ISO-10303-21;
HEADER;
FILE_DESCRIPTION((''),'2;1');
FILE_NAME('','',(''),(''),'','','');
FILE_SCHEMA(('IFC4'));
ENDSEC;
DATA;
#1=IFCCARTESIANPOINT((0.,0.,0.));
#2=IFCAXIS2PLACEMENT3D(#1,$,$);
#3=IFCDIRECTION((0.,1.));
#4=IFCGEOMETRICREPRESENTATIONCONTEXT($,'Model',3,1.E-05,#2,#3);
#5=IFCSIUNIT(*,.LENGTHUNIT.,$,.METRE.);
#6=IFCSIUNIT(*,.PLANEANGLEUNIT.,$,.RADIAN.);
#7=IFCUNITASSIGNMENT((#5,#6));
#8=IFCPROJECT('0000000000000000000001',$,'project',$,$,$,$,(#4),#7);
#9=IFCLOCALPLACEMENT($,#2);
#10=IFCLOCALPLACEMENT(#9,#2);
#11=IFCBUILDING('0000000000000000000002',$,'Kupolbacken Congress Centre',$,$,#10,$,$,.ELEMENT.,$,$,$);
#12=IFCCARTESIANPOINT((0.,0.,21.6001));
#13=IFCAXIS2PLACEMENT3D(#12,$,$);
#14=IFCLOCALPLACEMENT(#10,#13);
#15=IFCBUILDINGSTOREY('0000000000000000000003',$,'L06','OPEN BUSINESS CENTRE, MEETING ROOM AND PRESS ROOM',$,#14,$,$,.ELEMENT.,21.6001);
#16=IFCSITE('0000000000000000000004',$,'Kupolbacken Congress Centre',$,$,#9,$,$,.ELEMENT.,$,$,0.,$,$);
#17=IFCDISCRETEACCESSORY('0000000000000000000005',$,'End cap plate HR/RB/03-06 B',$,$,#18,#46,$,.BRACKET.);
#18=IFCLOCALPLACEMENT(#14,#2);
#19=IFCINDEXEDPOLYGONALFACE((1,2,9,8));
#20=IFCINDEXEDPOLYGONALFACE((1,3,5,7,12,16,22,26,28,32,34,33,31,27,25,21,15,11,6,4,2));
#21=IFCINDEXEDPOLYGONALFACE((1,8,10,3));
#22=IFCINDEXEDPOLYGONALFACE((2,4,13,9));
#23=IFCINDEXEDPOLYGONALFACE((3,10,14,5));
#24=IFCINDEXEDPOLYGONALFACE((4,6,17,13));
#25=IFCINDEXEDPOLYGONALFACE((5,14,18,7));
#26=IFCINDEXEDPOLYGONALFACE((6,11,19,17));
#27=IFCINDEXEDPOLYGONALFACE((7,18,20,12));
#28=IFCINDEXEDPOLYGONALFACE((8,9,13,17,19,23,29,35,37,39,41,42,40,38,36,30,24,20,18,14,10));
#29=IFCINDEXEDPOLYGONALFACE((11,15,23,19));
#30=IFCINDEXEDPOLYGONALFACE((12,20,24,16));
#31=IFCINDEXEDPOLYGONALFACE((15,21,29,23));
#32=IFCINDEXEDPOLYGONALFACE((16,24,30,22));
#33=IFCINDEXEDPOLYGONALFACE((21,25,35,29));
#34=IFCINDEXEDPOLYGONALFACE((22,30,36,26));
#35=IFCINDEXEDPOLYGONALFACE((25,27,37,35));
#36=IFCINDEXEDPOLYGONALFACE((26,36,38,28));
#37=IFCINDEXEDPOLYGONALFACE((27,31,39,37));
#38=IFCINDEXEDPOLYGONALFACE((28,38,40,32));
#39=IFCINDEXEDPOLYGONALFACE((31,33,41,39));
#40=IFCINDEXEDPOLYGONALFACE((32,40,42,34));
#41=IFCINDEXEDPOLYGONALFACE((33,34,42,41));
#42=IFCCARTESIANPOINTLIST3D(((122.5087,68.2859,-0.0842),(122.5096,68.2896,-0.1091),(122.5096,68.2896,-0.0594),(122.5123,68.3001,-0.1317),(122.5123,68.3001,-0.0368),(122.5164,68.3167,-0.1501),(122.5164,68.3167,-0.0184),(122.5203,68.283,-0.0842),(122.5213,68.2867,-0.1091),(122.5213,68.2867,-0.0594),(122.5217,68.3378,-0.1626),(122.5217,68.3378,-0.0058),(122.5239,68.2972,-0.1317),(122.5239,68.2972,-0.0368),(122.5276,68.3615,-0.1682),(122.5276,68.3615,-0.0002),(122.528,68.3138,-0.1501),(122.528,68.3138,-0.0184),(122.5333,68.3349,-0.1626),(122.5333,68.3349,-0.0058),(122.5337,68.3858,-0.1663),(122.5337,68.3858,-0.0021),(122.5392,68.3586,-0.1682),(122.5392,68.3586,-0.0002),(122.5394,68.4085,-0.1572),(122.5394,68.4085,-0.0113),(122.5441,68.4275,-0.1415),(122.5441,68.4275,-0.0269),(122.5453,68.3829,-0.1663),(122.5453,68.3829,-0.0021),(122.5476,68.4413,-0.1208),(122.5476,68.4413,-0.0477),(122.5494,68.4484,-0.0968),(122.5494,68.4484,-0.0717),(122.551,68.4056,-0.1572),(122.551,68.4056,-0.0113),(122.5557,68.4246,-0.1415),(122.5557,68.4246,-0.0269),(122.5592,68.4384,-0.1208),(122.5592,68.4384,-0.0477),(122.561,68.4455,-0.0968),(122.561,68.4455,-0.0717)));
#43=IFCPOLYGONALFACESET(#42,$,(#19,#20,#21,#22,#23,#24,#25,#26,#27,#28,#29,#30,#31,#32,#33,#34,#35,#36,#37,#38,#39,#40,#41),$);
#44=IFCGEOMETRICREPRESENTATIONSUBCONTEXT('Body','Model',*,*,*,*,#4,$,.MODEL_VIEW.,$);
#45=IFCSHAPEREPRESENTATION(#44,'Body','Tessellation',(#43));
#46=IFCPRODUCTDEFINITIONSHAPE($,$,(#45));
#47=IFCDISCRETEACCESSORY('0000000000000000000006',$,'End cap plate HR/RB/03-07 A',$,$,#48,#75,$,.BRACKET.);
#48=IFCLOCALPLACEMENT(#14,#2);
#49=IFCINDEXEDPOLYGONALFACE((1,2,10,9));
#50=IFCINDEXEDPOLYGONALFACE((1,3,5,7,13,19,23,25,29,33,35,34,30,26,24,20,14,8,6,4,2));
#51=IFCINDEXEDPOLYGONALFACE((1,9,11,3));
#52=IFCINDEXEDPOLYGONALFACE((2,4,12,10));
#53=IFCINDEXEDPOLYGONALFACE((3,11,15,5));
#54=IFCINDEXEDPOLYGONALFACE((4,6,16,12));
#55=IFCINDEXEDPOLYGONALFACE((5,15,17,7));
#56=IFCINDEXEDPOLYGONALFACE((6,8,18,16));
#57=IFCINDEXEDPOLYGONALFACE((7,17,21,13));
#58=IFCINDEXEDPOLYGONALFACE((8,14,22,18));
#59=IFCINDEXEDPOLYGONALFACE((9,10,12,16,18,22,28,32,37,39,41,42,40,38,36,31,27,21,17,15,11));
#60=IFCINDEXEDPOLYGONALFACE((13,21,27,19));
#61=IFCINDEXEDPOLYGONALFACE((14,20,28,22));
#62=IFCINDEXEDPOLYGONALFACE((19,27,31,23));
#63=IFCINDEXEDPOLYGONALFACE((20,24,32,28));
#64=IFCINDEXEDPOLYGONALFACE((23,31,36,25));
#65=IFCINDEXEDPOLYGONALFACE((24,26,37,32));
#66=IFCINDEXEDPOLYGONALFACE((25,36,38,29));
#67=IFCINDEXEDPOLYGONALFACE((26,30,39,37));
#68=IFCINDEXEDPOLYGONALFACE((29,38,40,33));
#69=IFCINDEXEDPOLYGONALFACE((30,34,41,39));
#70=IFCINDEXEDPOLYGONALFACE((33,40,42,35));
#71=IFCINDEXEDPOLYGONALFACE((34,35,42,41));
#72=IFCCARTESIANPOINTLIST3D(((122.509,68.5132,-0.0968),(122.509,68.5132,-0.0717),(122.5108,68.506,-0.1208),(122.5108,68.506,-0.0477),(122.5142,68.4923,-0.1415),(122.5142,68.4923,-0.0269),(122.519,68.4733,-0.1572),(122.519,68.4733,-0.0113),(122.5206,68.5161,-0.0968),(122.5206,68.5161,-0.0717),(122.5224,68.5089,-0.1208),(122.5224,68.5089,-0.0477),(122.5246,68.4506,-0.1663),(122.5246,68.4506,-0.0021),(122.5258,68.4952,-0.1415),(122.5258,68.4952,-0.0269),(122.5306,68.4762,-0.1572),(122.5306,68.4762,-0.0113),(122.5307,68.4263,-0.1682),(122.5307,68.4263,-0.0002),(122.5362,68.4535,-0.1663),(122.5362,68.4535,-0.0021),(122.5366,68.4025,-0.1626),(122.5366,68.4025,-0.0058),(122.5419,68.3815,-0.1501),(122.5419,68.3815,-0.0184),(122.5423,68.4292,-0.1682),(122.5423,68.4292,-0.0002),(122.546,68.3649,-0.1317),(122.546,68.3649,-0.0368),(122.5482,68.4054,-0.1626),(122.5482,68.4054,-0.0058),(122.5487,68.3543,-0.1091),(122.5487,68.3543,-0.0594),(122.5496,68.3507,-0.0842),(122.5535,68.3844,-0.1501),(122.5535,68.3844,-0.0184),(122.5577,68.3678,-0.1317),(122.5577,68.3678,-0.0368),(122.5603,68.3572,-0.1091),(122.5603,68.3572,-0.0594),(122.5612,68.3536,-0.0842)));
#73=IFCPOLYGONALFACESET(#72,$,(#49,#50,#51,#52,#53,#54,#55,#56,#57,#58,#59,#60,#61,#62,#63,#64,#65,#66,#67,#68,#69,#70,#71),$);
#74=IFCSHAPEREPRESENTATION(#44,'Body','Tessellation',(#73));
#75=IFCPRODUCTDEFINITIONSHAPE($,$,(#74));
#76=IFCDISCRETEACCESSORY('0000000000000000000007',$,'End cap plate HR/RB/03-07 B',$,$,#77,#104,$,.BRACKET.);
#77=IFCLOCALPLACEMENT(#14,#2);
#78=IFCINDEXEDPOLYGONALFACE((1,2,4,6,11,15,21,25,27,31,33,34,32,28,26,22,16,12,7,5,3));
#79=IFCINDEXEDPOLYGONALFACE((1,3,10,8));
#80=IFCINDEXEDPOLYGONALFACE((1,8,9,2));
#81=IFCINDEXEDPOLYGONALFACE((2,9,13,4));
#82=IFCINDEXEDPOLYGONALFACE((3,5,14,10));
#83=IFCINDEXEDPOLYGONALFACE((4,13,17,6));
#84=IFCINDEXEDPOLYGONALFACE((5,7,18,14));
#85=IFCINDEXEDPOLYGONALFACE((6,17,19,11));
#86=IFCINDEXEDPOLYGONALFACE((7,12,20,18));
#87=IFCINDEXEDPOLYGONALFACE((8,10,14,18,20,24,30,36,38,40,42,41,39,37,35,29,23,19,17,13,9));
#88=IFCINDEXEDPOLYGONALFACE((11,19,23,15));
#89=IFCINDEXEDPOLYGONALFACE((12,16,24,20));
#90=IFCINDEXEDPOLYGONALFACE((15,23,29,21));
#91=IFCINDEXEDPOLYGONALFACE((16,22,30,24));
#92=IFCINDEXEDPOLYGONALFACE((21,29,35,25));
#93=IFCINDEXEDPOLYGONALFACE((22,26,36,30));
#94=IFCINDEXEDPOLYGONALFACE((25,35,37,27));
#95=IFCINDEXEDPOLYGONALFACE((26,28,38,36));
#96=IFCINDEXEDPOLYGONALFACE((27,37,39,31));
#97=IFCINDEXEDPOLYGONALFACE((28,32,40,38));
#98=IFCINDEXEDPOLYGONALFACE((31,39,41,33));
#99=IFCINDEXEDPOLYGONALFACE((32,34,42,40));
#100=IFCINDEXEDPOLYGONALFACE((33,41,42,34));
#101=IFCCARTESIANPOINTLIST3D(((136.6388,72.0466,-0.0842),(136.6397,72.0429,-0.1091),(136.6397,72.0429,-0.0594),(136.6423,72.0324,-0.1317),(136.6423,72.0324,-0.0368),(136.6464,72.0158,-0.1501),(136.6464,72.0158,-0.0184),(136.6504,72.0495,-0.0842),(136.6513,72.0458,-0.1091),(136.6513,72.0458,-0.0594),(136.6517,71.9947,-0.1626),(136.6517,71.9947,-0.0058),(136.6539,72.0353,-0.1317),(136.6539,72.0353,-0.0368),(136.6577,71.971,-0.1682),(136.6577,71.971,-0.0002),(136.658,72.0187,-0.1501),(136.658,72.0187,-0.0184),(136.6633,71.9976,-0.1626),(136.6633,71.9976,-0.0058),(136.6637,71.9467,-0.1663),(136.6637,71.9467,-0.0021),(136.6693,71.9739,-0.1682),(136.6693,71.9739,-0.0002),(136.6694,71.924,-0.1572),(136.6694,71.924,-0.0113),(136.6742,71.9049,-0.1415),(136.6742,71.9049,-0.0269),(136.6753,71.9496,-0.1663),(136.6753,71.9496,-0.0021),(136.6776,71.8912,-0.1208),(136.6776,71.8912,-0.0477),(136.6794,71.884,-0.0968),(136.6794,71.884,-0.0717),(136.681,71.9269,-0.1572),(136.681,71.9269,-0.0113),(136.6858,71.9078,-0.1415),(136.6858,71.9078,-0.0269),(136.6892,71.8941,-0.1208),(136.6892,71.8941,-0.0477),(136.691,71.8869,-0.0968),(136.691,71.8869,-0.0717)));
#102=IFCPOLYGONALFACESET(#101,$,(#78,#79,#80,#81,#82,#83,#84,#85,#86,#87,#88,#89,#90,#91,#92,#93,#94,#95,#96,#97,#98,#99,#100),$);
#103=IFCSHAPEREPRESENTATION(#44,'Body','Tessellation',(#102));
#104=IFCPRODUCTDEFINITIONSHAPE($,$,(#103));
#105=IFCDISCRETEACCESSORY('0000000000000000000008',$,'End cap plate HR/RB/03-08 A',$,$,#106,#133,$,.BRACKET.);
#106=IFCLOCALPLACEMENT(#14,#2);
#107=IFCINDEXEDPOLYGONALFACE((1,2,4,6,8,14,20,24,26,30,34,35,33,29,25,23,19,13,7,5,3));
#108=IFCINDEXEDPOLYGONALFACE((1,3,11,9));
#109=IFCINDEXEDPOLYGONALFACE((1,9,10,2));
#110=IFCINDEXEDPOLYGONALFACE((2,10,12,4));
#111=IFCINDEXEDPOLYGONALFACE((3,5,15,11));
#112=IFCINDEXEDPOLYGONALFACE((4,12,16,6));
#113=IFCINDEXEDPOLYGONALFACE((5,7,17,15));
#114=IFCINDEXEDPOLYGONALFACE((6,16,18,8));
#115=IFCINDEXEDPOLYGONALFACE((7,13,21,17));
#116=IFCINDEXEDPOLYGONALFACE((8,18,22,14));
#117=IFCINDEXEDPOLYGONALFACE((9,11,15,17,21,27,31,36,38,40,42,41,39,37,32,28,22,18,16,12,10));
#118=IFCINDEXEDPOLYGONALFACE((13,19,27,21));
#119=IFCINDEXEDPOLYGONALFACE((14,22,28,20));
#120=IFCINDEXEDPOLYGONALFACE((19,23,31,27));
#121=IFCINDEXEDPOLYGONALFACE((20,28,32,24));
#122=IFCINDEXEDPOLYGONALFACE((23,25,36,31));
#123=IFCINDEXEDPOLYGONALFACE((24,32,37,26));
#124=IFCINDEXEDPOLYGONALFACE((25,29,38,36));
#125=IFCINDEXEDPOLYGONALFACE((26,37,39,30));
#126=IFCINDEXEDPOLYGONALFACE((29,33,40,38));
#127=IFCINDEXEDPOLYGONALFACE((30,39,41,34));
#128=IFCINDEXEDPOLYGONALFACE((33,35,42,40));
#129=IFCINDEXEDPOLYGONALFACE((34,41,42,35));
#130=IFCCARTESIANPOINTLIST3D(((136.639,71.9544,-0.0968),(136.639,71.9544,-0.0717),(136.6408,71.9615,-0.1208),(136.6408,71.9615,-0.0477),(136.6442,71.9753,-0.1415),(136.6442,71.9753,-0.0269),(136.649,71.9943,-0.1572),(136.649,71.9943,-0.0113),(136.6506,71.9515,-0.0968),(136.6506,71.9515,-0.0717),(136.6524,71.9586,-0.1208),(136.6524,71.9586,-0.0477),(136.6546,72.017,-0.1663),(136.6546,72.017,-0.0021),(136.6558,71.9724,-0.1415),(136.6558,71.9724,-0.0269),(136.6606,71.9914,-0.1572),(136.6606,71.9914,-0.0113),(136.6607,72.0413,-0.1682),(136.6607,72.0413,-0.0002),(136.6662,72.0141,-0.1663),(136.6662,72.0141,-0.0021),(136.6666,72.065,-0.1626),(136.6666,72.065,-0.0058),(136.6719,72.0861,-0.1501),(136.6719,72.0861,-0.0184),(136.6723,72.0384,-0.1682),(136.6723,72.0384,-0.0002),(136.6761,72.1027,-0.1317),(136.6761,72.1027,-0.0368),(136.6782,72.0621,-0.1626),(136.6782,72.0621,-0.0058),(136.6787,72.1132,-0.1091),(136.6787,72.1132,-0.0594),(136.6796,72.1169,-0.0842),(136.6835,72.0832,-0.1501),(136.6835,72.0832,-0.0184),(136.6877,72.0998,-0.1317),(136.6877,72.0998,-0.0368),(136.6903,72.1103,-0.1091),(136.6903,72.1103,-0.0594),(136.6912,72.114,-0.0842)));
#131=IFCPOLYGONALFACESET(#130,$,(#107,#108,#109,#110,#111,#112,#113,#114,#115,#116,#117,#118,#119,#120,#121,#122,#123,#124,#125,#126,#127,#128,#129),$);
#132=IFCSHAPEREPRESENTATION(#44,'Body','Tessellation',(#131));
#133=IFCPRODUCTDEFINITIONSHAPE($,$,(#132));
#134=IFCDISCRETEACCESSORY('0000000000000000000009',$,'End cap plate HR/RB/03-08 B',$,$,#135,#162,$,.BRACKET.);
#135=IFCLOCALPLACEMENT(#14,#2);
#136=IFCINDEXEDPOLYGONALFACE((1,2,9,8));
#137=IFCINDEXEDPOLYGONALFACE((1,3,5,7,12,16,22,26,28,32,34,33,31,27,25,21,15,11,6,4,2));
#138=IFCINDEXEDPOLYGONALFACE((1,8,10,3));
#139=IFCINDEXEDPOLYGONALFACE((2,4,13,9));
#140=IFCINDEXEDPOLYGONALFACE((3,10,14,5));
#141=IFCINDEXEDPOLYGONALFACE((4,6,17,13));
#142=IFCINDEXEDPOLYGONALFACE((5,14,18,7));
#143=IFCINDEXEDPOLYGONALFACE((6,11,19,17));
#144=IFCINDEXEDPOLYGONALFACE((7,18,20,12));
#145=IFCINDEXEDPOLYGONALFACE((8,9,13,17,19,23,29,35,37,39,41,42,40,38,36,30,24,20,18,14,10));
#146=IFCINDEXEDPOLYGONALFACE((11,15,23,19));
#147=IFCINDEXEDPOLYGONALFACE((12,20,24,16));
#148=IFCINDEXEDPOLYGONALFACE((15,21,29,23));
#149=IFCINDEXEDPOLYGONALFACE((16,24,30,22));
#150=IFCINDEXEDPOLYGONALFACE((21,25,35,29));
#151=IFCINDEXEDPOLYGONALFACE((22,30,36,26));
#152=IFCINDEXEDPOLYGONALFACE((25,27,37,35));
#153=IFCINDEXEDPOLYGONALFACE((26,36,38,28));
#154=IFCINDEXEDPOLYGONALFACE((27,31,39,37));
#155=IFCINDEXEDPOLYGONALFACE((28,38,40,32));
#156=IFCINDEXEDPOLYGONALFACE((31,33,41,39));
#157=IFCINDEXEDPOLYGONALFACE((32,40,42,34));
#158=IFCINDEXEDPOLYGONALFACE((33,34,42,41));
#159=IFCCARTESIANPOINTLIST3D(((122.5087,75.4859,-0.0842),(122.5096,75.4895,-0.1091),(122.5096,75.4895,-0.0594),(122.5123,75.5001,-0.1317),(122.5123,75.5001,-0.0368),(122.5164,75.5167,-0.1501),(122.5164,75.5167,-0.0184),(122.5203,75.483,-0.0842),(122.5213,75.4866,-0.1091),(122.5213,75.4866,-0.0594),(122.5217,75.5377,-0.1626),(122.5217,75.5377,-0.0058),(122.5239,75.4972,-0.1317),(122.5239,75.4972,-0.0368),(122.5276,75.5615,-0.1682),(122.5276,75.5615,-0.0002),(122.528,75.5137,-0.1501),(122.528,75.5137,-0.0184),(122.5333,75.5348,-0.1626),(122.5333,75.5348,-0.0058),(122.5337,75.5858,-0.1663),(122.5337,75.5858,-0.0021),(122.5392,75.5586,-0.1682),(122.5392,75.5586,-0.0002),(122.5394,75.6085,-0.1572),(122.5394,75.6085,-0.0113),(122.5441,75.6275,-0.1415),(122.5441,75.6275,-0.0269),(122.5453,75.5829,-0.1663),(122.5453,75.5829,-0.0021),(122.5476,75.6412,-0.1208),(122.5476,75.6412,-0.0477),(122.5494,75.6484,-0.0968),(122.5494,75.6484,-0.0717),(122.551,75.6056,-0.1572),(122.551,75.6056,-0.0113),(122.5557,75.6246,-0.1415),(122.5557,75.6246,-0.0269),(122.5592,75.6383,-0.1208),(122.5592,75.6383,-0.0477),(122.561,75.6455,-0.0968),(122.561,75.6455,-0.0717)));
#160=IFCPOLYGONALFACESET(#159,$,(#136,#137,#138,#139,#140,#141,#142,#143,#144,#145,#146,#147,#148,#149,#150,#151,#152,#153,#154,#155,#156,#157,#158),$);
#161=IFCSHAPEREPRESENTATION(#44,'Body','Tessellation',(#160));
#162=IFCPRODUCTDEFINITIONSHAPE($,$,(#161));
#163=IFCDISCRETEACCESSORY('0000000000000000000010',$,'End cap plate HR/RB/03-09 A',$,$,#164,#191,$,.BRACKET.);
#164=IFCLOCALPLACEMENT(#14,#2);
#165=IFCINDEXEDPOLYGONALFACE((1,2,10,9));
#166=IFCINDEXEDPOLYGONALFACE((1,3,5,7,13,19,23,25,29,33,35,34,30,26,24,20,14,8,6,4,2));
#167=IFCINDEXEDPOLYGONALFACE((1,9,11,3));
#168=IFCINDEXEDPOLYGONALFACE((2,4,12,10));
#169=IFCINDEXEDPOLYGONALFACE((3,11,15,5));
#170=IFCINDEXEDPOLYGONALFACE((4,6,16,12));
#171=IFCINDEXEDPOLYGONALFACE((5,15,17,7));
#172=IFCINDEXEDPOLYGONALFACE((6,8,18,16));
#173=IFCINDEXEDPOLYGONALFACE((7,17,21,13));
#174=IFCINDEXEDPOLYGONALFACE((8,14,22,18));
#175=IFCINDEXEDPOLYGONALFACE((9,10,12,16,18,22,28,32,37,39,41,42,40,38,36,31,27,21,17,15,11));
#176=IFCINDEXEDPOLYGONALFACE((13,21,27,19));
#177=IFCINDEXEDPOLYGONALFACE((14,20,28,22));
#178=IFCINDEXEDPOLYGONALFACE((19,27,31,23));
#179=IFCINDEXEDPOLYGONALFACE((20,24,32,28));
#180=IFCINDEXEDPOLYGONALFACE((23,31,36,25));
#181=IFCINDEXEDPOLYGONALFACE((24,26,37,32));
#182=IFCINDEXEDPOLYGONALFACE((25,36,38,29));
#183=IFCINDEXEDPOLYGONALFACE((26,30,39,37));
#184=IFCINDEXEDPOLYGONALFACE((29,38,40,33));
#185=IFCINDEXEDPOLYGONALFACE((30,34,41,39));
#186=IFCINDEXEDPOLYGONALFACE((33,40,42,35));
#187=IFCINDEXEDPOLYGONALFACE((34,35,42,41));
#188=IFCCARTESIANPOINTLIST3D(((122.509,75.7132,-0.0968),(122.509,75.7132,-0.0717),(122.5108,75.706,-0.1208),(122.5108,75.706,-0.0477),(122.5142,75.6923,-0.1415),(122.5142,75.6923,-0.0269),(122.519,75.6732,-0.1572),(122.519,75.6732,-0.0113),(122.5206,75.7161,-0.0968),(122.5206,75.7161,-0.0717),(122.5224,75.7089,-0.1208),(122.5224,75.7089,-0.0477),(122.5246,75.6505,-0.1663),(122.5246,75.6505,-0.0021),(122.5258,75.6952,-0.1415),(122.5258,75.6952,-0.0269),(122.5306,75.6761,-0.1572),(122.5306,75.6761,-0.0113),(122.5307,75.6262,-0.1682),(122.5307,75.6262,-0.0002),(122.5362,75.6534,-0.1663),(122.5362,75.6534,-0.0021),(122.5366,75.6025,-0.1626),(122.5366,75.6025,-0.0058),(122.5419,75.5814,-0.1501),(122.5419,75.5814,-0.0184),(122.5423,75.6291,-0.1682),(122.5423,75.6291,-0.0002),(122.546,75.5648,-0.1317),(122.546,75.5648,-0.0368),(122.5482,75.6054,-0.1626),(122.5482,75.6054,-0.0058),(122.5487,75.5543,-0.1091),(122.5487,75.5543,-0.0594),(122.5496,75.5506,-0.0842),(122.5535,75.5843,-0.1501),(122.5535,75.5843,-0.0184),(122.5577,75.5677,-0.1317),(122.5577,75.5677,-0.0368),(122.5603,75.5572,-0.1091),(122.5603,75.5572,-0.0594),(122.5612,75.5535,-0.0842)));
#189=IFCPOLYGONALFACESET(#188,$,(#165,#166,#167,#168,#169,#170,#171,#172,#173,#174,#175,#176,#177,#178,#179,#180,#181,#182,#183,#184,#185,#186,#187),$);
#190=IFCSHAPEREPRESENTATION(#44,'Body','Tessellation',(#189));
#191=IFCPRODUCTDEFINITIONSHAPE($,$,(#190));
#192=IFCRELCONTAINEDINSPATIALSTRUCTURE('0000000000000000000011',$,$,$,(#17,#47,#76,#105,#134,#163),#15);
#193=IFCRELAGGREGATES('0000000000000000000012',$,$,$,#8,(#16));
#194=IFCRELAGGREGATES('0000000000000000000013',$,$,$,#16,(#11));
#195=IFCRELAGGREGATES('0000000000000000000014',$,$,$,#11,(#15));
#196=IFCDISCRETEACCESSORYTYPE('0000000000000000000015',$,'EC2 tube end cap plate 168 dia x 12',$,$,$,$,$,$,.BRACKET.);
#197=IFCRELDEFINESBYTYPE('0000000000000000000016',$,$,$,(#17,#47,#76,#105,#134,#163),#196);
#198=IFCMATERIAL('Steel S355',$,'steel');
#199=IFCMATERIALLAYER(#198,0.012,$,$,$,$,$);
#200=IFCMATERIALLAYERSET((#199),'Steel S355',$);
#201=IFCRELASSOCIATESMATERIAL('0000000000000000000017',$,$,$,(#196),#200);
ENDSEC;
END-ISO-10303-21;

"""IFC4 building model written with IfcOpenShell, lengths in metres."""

from ifc_helpers import new_model, si_unit, direction, frame, origin, origin_2d, place, context, subcontext, project, spatial, circle, extrude, material, layer, layer_set, type_object, element, save


model = new_model("IFC4")

# Units and contexts
model_context = context("Model", 3, precision=1e-05, world=origin(), true_north=direction((0.0, 1.0)))
body_context = subcontext(model_context, "Body", "Model", "MODEL_VIEW")
ifc_project = project(units=[si_unit("LENGTHUNIT", "METRE"), si_unit("PLANEANGLEUNIT", "RADIAN")], contexts=[model_context])

# Site, building, storey
site_placement = place(None, origin())
site = spatial("IfcSite", under=ifc_project, at=site_placement, Name="Kupolbacken Congress Centre", CompositionType="ELEMENT", RefElevation=0.0)
building_placement = place(site_placement, origin())
building = spatial("IfcBuilding", under=site, at=building_placement, Name="Kupolbacken Congress Centre", CompositionType="ELEMENT")
storey_placement = place(building_placement, frame((0.0, 0.0, 21.6001)))
storey = spatial("IfcBuildingStorey", under=building, at=storey_placement, Name="L06", Description="OPEN BUSINESS CENTRE, MEETING ROOM AND PRESS ROOM", CompositionType="ELEMENT", Elevation=21.6001)

# Discrete accessories
ifc_material_1 = material(Name="Steel S355", Category="steel")
ifc_layer_1 = layer(ifc_material_1, 0.012)
ifc_layer_set_1 = layer_set([ifc_layer_1], Name="Steel S355")
discrete_accessory_type = type_object("IfcDiscreteAccessoryType", Name="EC2 tube end cap plate 168 dia x 12", PredefinedType="BRACKET", material=ifc_layer_set_1)
for number, where, z_axis, x_axis, name in (
    (1, (122.5408, 68.3647, -0.0842), (-0.970143, 0.242536, 0.0), (-0.242536, -0.970143, 0.0), "End cap plate HR/RB/03-06 B"),
    (2, (122.5408, 68.4353, -0.0842), (-0.970143, -0.242536, 0.0), (0.242536, -0.970143, 0.0), "End cap plate HR/RB/03-07 A"),
    (3, (136.6592, 71.9648, -0.0842), (0.970143, 0.242536, 0.0), (-0.242536, 0.970143, 0.0), "End cap plate HR/RB/03-07 B"),
    (4, (136.6592, 72.0352, -0.0842), (0.970143, -0.242536, 0.0), (0.242536, 0.970143, 0.0), "End cap plate HR/RB/03-08 A"),
    (5, (122.5408, 75.5647, -0.0842), (-0.970143, 0.242536, 0.0), (-0.242536, -0.970143, 0.0), "End cap plate HR/RB/03-08 B"),
    (6, (122.5408, 75.6353, -0.0842), (-0.970143, -0.242536, 0.0), (0.242536, -0.970143, 0.0), "End cap plate HR/RB/03-09 A"),
):
    element("IfcDiscreteAccessory", number, at=place(storey_placement, frame(where, z_axis=z_axis, x_axis=x_axis)), inside=storey, type_object=discrete_accessory_type, Name=name, PredefinedType="BRACKET", context=body_context, shape_type="SweptSolid", body=[
        extrude(circle(Radius=0.0842, at=origin_2d()), origin(), (0.0, 0.0, 1.0), 0.012),
    ])

save(model, "model.ifc")
